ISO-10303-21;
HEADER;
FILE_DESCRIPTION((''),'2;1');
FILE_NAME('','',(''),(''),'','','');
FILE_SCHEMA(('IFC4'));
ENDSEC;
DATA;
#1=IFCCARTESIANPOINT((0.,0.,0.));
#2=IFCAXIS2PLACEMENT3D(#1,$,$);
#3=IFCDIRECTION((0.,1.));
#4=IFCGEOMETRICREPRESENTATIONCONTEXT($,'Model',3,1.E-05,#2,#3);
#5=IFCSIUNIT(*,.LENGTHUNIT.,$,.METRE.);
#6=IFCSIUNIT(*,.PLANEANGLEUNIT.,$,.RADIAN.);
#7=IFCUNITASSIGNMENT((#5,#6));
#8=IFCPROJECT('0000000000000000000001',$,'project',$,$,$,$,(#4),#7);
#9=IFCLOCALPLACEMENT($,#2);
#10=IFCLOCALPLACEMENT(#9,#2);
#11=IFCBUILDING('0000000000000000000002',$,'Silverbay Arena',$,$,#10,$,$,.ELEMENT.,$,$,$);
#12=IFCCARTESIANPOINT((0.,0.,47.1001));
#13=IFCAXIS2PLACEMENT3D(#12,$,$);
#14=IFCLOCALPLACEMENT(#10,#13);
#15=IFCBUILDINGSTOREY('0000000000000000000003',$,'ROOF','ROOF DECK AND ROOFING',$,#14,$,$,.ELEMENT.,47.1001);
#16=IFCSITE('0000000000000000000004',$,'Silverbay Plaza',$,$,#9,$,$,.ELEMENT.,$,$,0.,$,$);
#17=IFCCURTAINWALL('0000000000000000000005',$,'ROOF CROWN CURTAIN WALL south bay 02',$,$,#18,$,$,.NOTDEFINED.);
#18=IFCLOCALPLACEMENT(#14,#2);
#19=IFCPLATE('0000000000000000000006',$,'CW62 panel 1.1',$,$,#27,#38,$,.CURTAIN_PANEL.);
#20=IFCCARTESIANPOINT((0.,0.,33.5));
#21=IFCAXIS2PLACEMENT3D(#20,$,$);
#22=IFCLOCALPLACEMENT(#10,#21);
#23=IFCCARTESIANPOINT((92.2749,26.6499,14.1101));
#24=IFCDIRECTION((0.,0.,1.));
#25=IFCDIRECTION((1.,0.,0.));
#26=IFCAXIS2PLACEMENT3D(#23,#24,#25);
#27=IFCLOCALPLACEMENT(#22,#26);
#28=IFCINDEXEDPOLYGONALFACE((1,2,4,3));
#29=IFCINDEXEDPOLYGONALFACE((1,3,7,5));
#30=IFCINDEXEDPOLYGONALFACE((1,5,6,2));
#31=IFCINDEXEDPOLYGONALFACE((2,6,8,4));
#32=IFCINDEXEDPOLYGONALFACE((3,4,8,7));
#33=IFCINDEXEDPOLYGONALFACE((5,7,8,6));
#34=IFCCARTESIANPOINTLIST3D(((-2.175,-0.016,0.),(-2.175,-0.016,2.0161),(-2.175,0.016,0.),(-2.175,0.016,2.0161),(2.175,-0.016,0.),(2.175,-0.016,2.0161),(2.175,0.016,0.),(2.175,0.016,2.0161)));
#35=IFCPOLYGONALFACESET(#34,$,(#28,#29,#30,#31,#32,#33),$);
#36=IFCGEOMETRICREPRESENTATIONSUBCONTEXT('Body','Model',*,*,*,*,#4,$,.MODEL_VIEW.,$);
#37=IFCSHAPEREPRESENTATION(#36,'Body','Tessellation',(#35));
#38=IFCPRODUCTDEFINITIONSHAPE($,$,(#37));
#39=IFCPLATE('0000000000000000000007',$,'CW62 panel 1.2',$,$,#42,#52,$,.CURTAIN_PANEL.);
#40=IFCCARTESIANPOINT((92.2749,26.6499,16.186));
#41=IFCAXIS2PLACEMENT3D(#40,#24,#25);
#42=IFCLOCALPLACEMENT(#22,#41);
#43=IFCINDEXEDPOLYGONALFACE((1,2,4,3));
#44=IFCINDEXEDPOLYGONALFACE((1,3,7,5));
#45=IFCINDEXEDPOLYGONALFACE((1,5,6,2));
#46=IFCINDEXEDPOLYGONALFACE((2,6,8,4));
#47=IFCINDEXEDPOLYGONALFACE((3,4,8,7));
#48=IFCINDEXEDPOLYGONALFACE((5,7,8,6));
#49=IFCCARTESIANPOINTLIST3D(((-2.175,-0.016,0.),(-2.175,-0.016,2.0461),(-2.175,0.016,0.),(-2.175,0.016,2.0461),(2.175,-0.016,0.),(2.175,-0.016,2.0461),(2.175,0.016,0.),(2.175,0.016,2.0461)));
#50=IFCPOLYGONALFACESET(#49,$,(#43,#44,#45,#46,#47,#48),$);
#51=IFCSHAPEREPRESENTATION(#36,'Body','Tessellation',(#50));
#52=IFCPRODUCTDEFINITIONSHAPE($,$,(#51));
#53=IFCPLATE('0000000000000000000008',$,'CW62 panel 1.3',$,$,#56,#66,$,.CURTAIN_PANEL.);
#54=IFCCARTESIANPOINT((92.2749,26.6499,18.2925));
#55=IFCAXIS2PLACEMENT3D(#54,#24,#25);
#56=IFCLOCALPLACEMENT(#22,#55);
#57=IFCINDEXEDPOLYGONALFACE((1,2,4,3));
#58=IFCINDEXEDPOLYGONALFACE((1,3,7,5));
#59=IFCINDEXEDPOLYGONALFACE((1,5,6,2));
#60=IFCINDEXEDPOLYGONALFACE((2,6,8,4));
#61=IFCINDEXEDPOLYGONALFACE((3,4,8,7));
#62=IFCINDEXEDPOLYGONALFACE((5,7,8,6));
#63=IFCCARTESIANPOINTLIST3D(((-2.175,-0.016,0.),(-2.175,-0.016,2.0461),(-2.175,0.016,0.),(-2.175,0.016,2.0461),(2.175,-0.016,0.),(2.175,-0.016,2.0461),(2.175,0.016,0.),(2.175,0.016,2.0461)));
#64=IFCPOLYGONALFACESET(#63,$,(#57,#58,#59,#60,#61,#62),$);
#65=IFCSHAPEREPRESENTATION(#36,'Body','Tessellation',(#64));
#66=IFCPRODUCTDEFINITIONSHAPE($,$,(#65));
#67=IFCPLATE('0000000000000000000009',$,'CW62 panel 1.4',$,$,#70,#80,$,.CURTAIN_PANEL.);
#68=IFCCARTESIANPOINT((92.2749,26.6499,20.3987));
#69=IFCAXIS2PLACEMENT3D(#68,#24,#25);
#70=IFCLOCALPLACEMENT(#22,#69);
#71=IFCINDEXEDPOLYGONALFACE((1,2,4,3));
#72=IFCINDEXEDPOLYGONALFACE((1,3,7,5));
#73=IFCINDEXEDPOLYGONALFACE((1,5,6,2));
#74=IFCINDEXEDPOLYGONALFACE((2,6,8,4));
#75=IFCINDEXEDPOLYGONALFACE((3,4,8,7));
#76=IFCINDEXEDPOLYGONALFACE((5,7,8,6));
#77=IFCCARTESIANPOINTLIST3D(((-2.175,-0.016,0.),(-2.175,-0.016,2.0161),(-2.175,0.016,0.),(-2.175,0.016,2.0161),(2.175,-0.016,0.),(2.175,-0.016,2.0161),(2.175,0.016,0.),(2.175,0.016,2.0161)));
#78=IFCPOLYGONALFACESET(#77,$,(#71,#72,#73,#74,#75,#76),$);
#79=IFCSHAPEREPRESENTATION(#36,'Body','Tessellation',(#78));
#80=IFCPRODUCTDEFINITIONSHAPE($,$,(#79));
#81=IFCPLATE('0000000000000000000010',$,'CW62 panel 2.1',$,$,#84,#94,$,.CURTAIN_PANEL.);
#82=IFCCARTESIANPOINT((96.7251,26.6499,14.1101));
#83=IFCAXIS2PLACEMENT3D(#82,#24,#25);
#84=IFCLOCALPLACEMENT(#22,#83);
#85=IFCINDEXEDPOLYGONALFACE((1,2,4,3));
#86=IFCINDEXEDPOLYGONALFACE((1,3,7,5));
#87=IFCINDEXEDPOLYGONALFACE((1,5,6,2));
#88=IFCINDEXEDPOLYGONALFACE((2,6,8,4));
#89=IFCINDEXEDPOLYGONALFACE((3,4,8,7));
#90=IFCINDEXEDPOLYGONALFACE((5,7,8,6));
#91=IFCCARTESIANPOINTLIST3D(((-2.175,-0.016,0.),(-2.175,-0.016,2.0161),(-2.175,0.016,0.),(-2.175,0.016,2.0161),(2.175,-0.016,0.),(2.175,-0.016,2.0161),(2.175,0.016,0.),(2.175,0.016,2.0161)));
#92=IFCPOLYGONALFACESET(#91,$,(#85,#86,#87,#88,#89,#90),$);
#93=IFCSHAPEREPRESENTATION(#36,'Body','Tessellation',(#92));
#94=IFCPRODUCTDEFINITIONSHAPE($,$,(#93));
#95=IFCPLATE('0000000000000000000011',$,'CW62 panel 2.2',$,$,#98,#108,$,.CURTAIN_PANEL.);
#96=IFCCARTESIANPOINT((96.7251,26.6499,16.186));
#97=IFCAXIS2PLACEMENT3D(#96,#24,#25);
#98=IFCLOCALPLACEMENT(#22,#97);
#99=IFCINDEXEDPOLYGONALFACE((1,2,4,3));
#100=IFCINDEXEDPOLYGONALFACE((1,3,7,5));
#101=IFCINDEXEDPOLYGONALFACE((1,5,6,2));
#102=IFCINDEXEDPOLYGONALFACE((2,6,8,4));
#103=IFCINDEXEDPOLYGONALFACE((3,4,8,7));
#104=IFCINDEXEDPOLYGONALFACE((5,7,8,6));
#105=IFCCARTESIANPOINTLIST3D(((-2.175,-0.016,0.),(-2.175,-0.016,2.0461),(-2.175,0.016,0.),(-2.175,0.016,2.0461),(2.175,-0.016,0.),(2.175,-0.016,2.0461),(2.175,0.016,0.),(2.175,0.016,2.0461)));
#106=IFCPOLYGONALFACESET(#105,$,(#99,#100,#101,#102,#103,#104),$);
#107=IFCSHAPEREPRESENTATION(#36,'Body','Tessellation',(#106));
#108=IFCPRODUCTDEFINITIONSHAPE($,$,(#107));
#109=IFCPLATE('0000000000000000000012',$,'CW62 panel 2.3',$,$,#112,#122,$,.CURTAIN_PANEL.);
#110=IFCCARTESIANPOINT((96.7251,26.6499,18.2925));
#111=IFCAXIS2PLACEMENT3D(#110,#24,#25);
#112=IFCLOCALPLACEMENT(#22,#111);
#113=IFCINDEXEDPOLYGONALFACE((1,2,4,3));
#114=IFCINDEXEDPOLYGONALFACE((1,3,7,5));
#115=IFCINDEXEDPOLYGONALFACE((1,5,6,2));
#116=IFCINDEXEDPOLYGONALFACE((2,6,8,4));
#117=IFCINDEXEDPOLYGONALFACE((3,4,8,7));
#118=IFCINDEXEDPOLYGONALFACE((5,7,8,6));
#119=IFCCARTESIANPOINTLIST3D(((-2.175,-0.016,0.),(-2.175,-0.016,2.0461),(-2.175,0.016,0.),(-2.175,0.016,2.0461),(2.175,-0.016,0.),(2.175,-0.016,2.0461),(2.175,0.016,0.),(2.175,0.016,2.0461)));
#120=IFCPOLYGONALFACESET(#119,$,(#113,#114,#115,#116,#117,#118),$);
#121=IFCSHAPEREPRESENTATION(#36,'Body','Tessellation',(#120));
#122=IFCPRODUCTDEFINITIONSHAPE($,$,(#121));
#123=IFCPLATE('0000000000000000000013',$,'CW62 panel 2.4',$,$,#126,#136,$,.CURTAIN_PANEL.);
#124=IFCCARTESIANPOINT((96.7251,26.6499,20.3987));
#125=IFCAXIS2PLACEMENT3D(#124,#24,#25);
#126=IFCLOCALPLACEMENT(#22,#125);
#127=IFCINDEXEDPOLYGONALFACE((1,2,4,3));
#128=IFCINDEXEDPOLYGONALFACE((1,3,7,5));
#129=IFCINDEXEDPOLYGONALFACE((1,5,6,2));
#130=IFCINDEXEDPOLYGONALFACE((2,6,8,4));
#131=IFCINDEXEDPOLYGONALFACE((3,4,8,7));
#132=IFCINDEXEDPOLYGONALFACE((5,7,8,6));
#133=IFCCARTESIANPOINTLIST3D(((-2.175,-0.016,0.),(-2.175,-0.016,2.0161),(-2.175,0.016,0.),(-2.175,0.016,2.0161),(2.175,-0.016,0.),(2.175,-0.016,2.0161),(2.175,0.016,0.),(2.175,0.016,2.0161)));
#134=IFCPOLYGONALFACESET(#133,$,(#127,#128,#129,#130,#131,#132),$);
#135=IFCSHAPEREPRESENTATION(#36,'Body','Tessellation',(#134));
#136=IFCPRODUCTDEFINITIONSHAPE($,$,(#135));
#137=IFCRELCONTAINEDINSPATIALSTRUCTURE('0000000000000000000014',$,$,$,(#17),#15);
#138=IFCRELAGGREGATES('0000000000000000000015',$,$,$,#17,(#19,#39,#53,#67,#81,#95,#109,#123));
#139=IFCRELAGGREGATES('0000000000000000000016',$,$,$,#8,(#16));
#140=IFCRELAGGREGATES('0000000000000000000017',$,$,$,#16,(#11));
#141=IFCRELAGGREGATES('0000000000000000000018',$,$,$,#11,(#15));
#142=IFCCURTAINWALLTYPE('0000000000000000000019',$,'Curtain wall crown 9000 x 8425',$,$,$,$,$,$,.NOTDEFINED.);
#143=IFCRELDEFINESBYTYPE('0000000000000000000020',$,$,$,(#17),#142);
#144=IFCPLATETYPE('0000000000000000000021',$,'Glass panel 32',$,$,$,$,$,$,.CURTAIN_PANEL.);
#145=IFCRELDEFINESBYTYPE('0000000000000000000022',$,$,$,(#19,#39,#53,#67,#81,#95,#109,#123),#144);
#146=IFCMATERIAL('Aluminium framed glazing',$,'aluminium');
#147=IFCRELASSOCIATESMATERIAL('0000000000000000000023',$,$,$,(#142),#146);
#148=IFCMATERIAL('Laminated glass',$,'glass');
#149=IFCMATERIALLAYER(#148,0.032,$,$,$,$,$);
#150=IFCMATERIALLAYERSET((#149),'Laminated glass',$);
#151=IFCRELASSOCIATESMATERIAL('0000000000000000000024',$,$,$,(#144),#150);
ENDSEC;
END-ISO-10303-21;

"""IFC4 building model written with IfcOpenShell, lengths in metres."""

from ifc_helpers import new_model, si_unit, direction, frame, origin, origin_2d, place, context, subcontext, project, spatial, rectangle, extrude, material, layer, layer_set, type_object, element, aggregate, save


model = new_model("IFC4")

# Units and contexts
model_context = context("Model", 3, precision=1e-05, world=origin(), true_north=direction((0.0, 1.0)))
body_context = subcontext(model_context, "Body", "Model", "MODEL_VIEW")
ifc_project = project(units=[si_unit("LENGTHUNIT", "METRE"), si_unit("PLANEANGLEUNIT", "RADIAN")], contexts=[model_context])

# Site, building, storey
site_placement = place(None, origin())
site = spatial("IfcSite", under=ifc_project, at=site_placement, Name="Silverbay Plaza", CompositionType="ELEMENT", RefElevation=0.0)
building_placement = place(site_placement, origin())
building = spatial("IfcBuilding", under=site, at=building_placement, Name="Silverbay Arena", CompositionType="ELEMENT")
storey_placement = place(building_placement, frame((0.0, 0.0, 47.1001)))
storey = spatial("IfcBuildingStorey", under=building, at=storey_placement, Name="ROOF", Description="ROOF DECK AND ROOFING", CompositionType="ELEMENT", Elevation=47.1001)

# Curtain wall
ifc_material_1 = material(Name="Aluminium framed glazing", Category="aluminium")
curtain_wall_type = type_object("IfcCurtainWallType", Name="Curtain wall crown 9000 x 8425", PredefinedType="NOTDEFINED", material=ifc_material_1)
curtain_wall_1_placement = place(storey_placement, origin())
curtain_wall_1 = element("IfcCurtainWall", 1, at=curtain_wall_1_placement, inside=storey, type_object=curtain_wall_type, Name="ROOF CROWN CURTAIN WALL south bay 02", PredefinedType="NOTDEFINED")
placement = place(building_placement, frame((0.0, 0.0, 33.5)))

# Plates
ifc_material_2 = material(Name="Laminated glass", Category="glass")
ifc_layer_1 = layer(ifc_material_2, 0.032)
ifc_layer_set_1 = layer_set([ifc_layer_1], Name="Laminated glass")
plate_type = type_object("IfcPlateType", Name="Glass panel 32", PredefinedType="CURTAIN_PANEL", material=ifc_layer_set_1)
plate_1_placement = place(placement, frame((92.2749, 26.6499, 14.1101), z_axis=(0.0, 0.0, 1.0), x_axis=(1.0, 0.0, 0.0)))
plate_1 = element("IfcPlate", 2, at=plate_1_placement, type_object=plate_type, Name="CW62 panel 1.1", PredefinedType="CURTAIN_PANEL", context=body_context, shape_type="SweptSolid", body=[
    extrude(rectangle(XDim=4.3501, YDim=0.032, at=origin_2d()), origin(), (0.0, 0.0, 1.0), 2.0161),
])
plate_2_placement = place(placement, frame((92.2749, 26.6499, 16.186), z_axis=(0.0, 0.0, 1.0), x_axis=(1.0, 0.0, 0.0)))
plate_2 = element("IfcPlate", 3, at=plate_2_placement, type_object=plate_type, Name="CW62 panel 1.2", PredefinedType="CURTAIN_PANEL", context=body_context, shape_type="SweptSolid", body=[
    extrude(rectangle(XDim=4.3501, YDim=0.032, at=origin_2d()), origin(), (0.0, 0.0, 1.0), 2.0461),
])
plate_3_placement = place(placement, frame((92.2749, 26.6499, 18.2925), z_axis=(0.0, 0.0, 1.0), x_axis=(1.0, 0.0, 0.0)))
plate_3 = element("IfcPlate", 4, at=plate_3_placement, type_object=plate_type, Name="CW62 panel 1.3", PredefinedType="CURTAIN_PANEL", context=body_context, shape_type="SweptSolid", body=[
    extrude(rectangle(XDim=4.3501, YDim=0.032, at=origin_2d()), origin(), (0.0, 0.0, 1.0), 2.0461),
])
plate_4_placement = place(placement, frame((92.2749, 26.6499, 20.3987), z_axis=(0.0, 0.0, 1.0), x_axis=(1.0, 0.0, 0.0)))
plate_4 = element("IfcPlate", 5, at=plate_4_placement, type_object=plate_type, Name="CW62 panel 1.4", PredefinedType="CURTAIN_PANEL", context=body_context, shape_type="SweptSolid", body=[
    extrude(rectangle(XDim=4.3501, YDim=0.032, at=origin_2d()), origin(), (0.0, 0.0, 1.0), 2.0161),
])
plate_5_placement = place(placement, frame((96.7251, 26.6499, 14.1101), z_axis=(0.0, 0.0, 1.0), x_axis=(1.0, 0.0, 0.0)))
plate_5 = element("IfcPlate", 6, at=plate_5_placement, type_object=plate_type, Name="CW62 panel 2.1", PredefinedType="CURTAIN_PANEL", context=body_context, shape_type="SweptSolid", body=[
    extrude(rectangle(XDim=4.3501, YDim=0.032, at=origin_2d()), origin(), (0.0, 0.0, 1.0), 2.0161),
])
plate_6_placement = place(placement, frame((96.7251, 26.6499, 16.186), z_axis=(0.0, 0.0, 1.0), x_axis=(1.0, 0.0, 0.0)))
plate_6 = element("IfcPlate", 7, at=plate_6_placement, type_object=plate_type, Name="CW62 panel 2.2", PredefinedType="CURTAIN_PANEL", context=body_context, shape_type="SweptSolid", body=[
    extrude(rectangle(XDim=4.3501, YDim=0.032, at=origin_2d()), origin(), (0.0, 0.0, 1.0), 2.0461),
])
plate_7_placement = place(placement, frame((96.7251, 26.6499, 18.2925), z_axis=(0.0, 0.0, 1.0), x_axis=(1.0, 0.0, 0.0)))
plate_7 = element("IfcPlate", 8, at=plate_7_placement, type_object=plate_type, Name="CW62 panel 2.3", PredefinedType="CURTAIN_PANEL", context=body_context, shape_type="SweptSolid", body=[
    extrude(rectangle(XDim=4.3501, YDim=0.032, at=origin_2d()), origin(), (0.0, 0.0, 1.0), 2.0461),
])
plate_8_placement = place(placement, frame((96.7251, 26.6499, 20.3987), z_axis=(0.0, 0.0, 1.0), x_axis=(1.0, 0.0, 0.0)))
plate_8 = element("IfcPlate", 9, at=plate_8_placement, type_object=plate_type, Name="CW62 panel 2.4", PredefinedType="CURTAIN_PANEL", context=body_context, shape_type="SweptSolid", body=[
    extrude(rectangle(XDim=4.3501, YDim=0.032, at=origin_2d()), origin(), (0.0, 0.0, 1.0), 2.0161),
])
aggregate(curtain_wall_1, [plate_1, plate_2, plate_3, plate_4, plate_5, plate_6, plate_7, plate_8])

save(model, "model.ifc")
